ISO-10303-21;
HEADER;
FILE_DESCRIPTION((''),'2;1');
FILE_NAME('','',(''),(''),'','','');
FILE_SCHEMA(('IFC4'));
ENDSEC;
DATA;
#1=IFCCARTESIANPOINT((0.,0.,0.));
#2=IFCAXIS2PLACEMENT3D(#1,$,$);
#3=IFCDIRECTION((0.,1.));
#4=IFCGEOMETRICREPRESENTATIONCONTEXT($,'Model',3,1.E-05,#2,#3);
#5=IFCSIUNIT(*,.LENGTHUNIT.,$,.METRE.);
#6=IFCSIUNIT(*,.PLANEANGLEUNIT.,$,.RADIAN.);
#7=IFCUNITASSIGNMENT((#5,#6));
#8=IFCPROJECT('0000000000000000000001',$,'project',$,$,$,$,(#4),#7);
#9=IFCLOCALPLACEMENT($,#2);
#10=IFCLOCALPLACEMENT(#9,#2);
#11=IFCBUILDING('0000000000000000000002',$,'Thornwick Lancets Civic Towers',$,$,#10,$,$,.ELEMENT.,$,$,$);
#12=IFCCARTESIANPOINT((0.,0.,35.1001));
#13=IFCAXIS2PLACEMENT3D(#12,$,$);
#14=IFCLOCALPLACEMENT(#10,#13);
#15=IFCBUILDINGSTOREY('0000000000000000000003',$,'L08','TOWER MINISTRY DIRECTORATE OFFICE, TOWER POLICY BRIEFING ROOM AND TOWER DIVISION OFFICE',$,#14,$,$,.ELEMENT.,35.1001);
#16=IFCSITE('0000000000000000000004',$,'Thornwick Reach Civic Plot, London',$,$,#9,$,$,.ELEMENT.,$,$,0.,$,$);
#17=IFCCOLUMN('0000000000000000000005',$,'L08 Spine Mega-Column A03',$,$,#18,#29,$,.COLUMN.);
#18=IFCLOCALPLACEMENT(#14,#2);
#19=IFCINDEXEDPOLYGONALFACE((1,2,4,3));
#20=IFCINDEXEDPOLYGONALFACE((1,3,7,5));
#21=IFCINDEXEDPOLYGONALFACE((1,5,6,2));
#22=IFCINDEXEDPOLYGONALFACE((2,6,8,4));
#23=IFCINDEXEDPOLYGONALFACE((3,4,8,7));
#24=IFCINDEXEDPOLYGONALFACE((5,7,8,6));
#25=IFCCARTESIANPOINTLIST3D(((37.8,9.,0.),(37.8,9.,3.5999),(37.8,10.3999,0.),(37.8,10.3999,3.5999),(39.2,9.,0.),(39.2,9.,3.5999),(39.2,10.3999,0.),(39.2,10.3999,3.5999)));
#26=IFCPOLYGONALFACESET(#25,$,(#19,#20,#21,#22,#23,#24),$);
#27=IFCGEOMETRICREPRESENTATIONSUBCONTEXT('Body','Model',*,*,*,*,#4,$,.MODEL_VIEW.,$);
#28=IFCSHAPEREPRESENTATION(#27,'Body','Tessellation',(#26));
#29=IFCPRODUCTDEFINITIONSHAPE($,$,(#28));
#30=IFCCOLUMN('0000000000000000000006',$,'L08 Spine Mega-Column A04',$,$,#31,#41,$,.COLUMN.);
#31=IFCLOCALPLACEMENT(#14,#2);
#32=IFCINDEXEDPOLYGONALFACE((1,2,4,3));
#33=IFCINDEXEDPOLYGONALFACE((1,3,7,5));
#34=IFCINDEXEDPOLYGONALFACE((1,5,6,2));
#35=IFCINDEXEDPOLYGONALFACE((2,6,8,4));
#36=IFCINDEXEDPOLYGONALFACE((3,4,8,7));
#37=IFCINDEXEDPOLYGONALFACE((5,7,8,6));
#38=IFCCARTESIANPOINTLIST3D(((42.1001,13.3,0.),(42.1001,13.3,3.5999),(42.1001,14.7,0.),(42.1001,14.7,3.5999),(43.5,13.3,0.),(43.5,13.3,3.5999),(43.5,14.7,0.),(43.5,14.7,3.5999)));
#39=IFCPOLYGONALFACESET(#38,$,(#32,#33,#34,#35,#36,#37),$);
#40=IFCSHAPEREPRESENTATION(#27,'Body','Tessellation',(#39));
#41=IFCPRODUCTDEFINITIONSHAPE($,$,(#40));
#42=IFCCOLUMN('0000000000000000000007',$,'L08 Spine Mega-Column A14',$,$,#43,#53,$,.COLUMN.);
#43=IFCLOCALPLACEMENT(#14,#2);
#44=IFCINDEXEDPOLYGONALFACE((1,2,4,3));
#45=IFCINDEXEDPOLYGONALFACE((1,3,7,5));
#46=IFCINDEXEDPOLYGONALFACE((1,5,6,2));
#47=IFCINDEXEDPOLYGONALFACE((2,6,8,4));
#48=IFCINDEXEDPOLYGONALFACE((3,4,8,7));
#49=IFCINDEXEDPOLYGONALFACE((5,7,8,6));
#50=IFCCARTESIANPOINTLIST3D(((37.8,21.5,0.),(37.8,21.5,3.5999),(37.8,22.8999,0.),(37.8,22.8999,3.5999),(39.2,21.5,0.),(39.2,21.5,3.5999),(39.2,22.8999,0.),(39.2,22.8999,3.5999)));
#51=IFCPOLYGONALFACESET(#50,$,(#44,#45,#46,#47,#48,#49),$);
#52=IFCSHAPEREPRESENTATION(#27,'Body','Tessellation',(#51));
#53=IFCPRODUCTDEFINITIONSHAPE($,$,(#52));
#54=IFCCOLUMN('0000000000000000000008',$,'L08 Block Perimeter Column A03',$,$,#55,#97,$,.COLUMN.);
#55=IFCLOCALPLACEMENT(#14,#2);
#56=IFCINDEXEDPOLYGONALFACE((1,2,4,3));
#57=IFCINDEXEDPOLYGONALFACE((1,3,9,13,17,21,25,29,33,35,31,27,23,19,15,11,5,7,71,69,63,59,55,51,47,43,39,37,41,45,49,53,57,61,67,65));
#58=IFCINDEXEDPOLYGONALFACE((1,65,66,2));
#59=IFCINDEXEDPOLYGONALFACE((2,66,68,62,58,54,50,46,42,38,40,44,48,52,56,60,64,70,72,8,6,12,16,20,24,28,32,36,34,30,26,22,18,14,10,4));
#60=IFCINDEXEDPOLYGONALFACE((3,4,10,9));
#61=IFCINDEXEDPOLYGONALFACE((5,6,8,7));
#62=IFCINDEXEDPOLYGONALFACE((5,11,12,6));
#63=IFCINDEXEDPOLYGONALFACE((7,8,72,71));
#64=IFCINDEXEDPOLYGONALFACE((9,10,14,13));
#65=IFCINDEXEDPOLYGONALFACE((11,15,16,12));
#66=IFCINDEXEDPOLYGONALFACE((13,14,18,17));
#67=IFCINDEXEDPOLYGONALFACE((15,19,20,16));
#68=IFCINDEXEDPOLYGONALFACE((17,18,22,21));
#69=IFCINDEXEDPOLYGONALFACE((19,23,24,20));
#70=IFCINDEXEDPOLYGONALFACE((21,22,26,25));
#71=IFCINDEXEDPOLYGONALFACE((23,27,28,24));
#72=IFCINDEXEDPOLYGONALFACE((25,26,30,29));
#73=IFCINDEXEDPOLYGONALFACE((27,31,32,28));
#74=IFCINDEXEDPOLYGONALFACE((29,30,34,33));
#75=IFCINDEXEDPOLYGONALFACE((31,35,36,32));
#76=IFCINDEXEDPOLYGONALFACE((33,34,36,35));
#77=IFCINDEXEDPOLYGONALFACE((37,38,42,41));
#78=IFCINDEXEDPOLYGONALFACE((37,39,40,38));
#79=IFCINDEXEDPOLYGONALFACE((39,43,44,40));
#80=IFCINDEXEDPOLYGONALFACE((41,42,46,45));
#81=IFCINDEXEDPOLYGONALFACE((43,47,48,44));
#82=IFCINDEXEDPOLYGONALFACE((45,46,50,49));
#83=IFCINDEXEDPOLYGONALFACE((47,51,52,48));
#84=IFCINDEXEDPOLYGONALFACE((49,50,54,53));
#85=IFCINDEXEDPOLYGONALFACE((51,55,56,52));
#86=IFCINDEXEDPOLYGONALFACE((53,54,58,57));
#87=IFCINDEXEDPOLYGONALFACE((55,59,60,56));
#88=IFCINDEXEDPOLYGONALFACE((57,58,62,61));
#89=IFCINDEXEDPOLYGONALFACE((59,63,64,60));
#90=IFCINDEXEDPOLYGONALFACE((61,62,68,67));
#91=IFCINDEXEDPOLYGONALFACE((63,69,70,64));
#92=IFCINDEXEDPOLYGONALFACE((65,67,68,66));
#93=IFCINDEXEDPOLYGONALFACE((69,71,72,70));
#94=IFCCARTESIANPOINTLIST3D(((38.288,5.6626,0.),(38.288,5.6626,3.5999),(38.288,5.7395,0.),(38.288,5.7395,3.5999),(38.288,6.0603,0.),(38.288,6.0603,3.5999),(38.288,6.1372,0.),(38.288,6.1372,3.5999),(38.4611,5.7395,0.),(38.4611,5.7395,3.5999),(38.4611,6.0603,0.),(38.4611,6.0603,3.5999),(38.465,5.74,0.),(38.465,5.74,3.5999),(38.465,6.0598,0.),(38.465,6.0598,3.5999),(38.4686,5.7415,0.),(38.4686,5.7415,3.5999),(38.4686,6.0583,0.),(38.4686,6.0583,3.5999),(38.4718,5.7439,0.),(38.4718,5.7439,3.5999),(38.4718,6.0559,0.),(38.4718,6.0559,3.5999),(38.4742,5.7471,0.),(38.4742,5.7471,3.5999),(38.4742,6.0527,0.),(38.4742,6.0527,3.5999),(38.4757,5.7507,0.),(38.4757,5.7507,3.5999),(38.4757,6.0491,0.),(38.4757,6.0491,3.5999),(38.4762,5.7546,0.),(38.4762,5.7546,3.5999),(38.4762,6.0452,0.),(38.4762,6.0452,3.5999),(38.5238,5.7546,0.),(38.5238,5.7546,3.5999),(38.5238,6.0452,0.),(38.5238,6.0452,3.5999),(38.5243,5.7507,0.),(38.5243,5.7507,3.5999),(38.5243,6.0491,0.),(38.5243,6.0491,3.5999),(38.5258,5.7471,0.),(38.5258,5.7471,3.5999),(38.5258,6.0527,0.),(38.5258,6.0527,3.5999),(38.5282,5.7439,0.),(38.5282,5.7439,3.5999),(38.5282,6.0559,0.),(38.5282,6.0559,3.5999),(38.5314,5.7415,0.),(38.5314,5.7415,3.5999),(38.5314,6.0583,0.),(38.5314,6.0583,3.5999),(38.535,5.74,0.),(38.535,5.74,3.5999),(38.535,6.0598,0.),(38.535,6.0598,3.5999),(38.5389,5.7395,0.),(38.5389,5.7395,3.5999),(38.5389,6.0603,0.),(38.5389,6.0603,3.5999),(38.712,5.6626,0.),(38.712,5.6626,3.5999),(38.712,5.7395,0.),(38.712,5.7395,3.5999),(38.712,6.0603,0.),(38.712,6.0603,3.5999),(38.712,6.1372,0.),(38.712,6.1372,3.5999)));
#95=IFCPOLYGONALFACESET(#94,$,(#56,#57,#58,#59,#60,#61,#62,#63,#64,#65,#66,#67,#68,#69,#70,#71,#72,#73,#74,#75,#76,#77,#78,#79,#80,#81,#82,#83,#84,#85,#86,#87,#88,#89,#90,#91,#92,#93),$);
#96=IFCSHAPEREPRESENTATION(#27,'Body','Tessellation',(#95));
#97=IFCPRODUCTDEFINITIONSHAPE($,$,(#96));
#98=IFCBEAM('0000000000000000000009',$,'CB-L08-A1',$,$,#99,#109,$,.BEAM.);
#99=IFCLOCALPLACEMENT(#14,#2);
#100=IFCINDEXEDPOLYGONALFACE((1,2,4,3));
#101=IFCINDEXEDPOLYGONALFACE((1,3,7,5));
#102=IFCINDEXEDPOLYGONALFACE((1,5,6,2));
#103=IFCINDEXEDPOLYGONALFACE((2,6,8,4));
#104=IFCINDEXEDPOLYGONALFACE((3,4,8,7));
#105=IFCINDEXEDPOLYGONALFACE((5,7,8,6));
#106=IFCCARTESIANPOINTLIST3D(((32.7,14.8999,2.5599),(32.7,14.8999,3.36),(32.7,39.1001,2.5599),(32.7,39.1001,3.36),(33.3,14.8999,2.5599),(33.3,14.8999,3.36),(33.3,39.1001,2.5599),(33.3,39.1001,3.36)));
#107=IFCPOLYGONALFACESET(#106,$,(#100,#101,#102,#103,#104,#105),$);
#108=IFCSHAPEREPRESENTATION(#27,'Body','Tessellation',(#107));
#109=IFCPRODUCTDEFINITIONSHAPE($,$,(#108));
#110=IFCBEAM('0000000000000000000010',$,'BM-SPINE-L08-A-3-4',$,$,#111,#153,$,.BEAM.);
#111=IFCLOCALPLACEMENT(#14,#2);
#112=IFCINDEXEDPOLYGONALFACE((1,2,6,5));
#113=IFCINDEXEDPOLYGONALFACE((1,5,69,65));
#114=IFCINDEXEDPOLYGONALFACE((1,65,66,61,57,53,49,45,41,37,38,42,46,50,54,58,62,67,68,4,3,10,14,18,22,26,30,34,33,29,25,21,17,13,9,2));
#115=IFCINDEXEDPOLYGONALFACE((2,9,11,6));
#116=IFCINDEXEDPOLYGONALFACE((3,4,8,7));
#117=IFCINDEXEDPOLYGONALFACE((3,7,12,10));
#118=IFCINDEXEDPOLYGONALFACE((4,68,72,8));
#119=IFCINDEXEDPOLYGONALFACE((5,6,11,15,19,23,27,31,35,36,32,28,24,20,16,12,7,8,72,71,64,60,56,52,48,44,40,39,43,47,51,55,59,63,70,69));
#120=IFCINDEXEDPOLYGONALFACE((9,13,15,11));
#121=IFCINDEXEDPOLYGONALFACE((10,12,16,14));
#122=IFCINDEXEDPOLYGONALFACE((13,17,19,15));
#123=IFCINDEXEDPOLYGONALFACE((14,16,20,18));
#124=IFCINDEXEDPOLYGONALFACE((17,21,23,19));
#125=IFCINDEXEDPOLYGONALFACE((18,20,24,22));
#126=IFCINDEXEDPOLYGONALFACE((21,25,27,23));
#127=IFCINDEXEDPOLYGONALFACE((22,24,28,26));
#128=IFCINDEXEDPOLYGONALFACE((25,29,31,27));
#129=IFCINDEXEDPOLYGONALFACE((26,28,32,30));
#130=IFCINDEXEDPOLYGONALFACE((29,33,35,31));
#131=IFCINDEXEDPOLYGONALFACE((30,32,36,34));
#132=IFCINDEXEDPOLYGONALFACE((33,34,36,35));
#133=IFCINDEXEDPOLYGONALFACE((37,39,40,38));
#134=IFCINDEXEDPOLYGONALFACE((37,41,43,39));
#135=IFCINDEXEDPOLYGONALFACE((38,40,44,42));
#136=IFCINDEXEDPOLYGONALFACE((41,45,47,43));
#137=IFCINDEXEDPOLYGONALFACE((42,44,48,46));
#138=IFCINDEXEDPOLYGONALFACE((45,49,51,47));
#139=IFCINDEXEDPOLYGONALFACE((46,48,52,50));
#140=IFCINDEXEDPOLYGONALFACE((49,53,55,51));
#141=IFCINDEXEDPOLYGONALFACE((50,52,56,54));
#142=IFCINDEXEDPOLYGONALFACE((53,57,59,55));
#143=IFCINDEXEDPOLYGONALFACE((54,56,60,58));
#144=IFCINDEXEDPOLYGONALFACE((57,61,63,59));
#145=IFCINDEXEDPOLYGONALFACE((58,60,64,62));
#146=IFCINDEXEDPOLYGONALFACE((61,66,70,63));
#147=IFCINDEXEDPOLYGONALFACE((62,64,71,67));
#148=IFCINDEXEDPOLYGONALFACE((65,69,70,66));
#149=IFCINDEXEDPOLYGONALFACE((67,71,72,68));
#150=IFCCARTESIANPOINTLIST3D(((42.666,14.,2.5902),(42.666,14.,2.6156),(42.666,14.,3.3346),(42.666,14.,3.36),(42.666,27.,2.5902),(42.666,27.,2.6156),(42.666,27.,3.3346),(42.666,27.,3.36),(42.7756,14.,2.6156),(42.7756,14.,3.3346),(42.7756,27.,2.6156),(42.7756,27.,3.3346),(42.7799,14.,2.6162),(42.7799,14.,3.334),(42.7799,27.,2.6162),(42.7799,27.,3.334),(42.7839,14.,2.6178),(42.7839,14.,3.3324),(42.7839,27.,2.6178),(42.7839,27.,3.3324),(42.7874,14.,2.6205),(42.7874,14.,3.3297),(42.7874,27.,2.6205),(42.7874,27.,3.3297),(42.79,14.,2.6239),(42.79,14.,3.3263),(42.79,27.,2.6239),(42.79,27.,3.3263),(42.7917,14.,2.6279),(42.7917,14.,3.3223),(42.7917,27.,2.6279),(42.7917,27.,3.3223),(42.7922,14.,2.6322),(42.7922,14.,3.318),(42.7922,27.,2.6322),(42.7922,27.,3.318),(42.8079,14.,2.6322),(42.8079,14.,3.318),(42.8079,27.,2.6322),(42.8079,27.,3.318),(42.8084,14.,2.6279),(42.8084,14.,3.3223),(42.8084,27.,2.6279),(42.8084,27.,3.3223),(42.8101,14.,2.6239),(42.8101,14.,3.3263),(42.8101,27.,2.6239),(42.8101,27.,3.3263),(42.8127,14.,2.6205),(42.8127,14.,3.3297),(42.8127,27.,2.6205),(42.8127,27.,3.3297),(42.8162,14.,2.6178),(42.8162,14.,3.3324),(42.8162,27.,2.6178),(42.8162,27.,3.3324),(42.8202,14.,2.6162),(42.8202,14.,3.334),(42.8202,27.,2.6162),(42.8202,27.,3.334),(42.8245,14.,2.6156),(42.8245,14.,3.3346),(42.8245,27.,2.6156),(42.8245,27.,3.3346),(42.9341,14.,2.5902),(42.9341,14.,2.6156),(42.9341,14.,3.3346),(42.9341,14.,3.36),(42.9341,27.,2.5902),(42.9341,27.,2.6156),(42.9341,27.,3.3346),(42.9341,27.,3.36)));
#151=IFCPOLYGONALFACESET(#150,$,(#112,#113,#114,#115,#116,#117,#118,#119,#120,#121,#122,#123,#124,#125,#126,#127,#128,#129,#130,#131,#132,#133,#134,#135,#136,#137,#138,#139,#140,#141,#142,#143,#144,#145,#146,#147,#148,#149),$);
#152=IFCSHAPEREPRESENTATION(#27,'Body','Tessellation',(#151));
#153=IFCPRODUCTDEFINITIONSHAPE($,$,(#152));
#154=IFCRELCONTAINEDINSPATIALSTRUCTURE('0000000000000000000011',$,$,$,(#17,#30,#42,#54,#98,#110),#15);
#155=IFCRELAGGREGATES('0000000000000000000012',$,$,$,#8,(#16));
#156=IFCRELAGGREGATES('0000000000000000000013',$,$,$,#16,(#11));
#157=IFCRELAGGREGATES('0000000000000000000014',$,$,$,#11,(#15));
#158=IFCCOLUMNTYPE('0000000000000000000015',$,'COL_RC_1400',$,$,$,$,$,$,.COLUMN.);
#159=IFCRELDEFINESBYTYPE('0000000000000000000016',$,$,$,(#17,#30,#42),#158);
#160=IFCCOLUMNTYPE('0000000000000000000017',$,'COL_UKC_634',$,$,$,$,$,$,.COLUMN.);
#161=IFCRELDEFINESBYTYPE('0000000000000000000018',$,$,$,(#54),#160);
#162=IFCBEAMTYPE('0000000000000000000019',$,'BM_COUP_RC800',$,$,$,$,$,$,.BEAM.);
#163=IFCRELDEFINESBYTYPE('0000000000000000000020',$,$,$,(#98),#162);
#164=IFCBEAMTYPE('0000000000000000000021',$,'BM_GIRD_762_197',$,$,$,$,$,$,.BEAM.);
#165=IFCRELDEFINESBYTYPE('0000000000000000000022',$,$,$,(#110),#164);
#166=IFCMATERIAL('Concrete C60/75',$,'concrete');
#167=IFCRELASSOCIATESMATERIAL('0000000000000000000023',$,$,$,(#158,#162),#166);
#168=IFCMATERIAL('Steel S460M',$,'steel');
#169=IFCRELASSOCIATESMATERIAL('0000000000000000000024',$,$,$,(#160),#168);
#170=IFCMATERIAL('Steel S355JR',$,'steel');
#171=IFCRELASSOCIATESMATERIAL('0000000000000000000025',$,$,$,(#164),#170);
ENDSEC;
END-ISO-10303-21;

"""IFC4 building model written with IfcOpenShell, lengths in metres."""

from ifc_helpers import new_model, si_unit, direction, frame, origin, origin_2d, place, context, subcontext, project, spatial, rectangle, i_section, extrude, material, material_profile, profile_set, type_object, element, save


model = new_model("IFC4")

# Units and contexts
model_context = context("Model", 3, precision=1e-05, world=origin(), true_north=direction((0.0, 1.0)))
body_context = subcontext(model_context, "Body", "Model", "MODEL_VIEW")
ifc_project = project(units=[si_unit("LENGTHUNIT", "METRE"), si_unit("PLANEANGLEUNIT", "RADIAN")], contexts=[model_context])

# Site, building, storey
site_placement = place(None, origin())
site = spatial("IfcSite", under=ifc_project, at=site_placement, Name="Thornwick Reach Civic Plot, London", CompositionType="ELEMENT", RefElevation=0.0)
building_placement = place(site_placement, origin())
building = spatial("IfcBuilding", under=site, at=building_placement, Name="Thornwick Lancets Civic Towers", CompositionType="ELEMENT")
storey_placement = place(building_placement, frame((0.0, 0.0, 35.1001)))
storey = spatial("IfcBuildingStorey", under=building, at=storey_placement, Name="L08", Description="TOWER MINISTRY DIRECTORATE OFFICE, TOWER POLICY BRIEFING ROOM AND TOWER DIVISION OFFICE", CompositionType="ELEMENT", Elevation=35.1001)

# Columns
ifc_material_1 = material(Name="Concrete C60/75", Category="concrete")
ifc_material_profile_1 = material_profile(ifc_material_1, rectangle(XDim=1.3999, YDim=1.3999, at=origin_2d()), Name="RC 1400x1400")
ifc_profile_set_1 = profile_set([ifc_material_profile_1], Name="Concrete C60/75")
column_type_1 = type_object("IfcColumnType", Name="COL_RC_1400", PredefinedType="COLUMN", material=ifc_profile_set_1)
for number, where, z_axis, x_axis, name in (
    (1, (38.5, 9.7, 0.0), (0.0, 0.0, 1.0), (1.0, 0.0, 0.0), "L08 Spine Mega-Column A03"),
    (2, (42.8, 14.0, 0.0), (0.0, 0.0, 1.0), (1.0, 0.0, 0.0), "L08 Spine Mega-Column A04"),
    (3, (38.5, 22.2, 0.0), (0.0, 0.0, 1.0), (1.0, 0.0, 0.0), "L08 Spine Mega-Column A14"),
):
    element("IfcColumn", number, at=place(storey_placement, frame(where, z_axis=z_axis, x_axis=x_axis)), inside=storey, type_object=column_type_1, Name=name, PredefinedType="COLUMN", context=body_context, shape_type="SweptSolid", body=[
        extrude(rectangle(XDim=1.3999, YDim=1.3999, at=origin_2d()), origin(), (0.0, 0.0, 1.0), 3.5999),
    ])
ifc_material_2 = material(Name="Steel S460M", Category="steel")
ifc_material_profile_2 = material_profile(ifc_material_2, i_section(OverallWidth=0.4241, OverallDepth=0.4746, WebThickness=0.0476, FlangeThickness=0.0769, FilletRadius=0.0151, at=origin_2d()), Name="UKC 356x406x634")
ifc_profile_set_2 = profile_set([ifc_material_profile_2], Name="Steel S460M")
column_type_2 = type_object("IfcColumnType", Name="COL_UKC_634", PredefinedType="COLUMN", material=ifc_profile_set_2)
column_placement = place(storey_placement, frame((38.5, 5.8999, 0.0), z_axis=(0.0, 0.0, 1.0), x_axis=(1.0, 0.0, 0.0)))
element("IfcColumn", 4, at=column_placement, inside=storey, type_object=column_type_2, Name="L08 Block Perimeter Column A03", PredefinedType="COLUMN", context=body_context, shape_type="SweptSolid", body=[
    extrude(i_section(OverallWidth=0.4241, OverallDepth=0.4746, WebThickness=0.0476, FlangeThickness=0.0769, FilletRadius=0.0151, at=origin_2d()), origin(), (0.0, 0.0, 1.0), 3.5999),
])

# Beams
ifc_material_profile_3 = material_profile(ifc_material_1, rectangle(XDim=0.6001, YDim=0.8, at=origin_2d()), Name="RC 600x800")
ifc_profile_set_3 = profile_set([ifc_material_profile_3], Name="Concrete C60/75")
beam_type_1 = type_object("IfcBeamType", Name="BM_COUP_RC800", PredefinedType="BEAM", material=ifc_profile_set_3)
beam_1_placement = place(storey_placement, frame((33.0, 14.8999, 2.96), z_axis=(0.0, 1.0, 0.0), x_axis=(-1.0, 0.0, 0.0)))
element("IfcBeam", 5, at=beam_1_placement, inside=storey, type_object=beam_type_1, Name="CB-L08-A1", PredefinedType="BEAM", context=body_context, shape_type="SweptSolid", body=[
    extrude(rectangle(XDim=0.6001, YDim=0.8, at=origin_2d()), origin(), (0.0, 0.0, 1.0), 24.2002),
])
ifc_material_3 = material(Name="Steel S355JR", Category="steel")
ifc_material_profile_4 = material_profile(ifc_material_3, i_section(OverallWidth=0.2681, OverallDepth=0.7698, WebThickness=0.0156, FlangeThickness=0.0254, FilletRadius=0.0166, at=origin_2d()), Name="UKB 762x267x197")
ifc_profile_set_4 = profile_set([ifc_material_profile_4], Name="Steel S355JR")
beam_type_2 = type_object("IfcBeamType", Name="BM_GIRD_762_197", PredefinedType="BEAM", material=ifc_profile_set_4)
beam_2_placement = place(storey_placement, frame((42.8, 14.0, 2.9751), z_axis=(0.0, 1.0, 0.0), x_axis=(-1.0, 0.0, 0.0)))
element("IfcBeam", 6, at=beam_2_placement, inside=storey, type_object=beam_type_2, Name="BM-SPINE-L08-A-3-4", PredefinedType="BEAM", context=body_context, shape_type="SweptSolid", body=[
    extrude(i_section(OverallWidth=0.2681, OverallDepth=0.7698, WebThickness=0.0156, FlangeThickness=0.0254, FilletRadius=0.0166, at=origin_2d()), origin(), (0.0, 0.0, 1.0), 13.0),
])

save(model, "model.ifc")
